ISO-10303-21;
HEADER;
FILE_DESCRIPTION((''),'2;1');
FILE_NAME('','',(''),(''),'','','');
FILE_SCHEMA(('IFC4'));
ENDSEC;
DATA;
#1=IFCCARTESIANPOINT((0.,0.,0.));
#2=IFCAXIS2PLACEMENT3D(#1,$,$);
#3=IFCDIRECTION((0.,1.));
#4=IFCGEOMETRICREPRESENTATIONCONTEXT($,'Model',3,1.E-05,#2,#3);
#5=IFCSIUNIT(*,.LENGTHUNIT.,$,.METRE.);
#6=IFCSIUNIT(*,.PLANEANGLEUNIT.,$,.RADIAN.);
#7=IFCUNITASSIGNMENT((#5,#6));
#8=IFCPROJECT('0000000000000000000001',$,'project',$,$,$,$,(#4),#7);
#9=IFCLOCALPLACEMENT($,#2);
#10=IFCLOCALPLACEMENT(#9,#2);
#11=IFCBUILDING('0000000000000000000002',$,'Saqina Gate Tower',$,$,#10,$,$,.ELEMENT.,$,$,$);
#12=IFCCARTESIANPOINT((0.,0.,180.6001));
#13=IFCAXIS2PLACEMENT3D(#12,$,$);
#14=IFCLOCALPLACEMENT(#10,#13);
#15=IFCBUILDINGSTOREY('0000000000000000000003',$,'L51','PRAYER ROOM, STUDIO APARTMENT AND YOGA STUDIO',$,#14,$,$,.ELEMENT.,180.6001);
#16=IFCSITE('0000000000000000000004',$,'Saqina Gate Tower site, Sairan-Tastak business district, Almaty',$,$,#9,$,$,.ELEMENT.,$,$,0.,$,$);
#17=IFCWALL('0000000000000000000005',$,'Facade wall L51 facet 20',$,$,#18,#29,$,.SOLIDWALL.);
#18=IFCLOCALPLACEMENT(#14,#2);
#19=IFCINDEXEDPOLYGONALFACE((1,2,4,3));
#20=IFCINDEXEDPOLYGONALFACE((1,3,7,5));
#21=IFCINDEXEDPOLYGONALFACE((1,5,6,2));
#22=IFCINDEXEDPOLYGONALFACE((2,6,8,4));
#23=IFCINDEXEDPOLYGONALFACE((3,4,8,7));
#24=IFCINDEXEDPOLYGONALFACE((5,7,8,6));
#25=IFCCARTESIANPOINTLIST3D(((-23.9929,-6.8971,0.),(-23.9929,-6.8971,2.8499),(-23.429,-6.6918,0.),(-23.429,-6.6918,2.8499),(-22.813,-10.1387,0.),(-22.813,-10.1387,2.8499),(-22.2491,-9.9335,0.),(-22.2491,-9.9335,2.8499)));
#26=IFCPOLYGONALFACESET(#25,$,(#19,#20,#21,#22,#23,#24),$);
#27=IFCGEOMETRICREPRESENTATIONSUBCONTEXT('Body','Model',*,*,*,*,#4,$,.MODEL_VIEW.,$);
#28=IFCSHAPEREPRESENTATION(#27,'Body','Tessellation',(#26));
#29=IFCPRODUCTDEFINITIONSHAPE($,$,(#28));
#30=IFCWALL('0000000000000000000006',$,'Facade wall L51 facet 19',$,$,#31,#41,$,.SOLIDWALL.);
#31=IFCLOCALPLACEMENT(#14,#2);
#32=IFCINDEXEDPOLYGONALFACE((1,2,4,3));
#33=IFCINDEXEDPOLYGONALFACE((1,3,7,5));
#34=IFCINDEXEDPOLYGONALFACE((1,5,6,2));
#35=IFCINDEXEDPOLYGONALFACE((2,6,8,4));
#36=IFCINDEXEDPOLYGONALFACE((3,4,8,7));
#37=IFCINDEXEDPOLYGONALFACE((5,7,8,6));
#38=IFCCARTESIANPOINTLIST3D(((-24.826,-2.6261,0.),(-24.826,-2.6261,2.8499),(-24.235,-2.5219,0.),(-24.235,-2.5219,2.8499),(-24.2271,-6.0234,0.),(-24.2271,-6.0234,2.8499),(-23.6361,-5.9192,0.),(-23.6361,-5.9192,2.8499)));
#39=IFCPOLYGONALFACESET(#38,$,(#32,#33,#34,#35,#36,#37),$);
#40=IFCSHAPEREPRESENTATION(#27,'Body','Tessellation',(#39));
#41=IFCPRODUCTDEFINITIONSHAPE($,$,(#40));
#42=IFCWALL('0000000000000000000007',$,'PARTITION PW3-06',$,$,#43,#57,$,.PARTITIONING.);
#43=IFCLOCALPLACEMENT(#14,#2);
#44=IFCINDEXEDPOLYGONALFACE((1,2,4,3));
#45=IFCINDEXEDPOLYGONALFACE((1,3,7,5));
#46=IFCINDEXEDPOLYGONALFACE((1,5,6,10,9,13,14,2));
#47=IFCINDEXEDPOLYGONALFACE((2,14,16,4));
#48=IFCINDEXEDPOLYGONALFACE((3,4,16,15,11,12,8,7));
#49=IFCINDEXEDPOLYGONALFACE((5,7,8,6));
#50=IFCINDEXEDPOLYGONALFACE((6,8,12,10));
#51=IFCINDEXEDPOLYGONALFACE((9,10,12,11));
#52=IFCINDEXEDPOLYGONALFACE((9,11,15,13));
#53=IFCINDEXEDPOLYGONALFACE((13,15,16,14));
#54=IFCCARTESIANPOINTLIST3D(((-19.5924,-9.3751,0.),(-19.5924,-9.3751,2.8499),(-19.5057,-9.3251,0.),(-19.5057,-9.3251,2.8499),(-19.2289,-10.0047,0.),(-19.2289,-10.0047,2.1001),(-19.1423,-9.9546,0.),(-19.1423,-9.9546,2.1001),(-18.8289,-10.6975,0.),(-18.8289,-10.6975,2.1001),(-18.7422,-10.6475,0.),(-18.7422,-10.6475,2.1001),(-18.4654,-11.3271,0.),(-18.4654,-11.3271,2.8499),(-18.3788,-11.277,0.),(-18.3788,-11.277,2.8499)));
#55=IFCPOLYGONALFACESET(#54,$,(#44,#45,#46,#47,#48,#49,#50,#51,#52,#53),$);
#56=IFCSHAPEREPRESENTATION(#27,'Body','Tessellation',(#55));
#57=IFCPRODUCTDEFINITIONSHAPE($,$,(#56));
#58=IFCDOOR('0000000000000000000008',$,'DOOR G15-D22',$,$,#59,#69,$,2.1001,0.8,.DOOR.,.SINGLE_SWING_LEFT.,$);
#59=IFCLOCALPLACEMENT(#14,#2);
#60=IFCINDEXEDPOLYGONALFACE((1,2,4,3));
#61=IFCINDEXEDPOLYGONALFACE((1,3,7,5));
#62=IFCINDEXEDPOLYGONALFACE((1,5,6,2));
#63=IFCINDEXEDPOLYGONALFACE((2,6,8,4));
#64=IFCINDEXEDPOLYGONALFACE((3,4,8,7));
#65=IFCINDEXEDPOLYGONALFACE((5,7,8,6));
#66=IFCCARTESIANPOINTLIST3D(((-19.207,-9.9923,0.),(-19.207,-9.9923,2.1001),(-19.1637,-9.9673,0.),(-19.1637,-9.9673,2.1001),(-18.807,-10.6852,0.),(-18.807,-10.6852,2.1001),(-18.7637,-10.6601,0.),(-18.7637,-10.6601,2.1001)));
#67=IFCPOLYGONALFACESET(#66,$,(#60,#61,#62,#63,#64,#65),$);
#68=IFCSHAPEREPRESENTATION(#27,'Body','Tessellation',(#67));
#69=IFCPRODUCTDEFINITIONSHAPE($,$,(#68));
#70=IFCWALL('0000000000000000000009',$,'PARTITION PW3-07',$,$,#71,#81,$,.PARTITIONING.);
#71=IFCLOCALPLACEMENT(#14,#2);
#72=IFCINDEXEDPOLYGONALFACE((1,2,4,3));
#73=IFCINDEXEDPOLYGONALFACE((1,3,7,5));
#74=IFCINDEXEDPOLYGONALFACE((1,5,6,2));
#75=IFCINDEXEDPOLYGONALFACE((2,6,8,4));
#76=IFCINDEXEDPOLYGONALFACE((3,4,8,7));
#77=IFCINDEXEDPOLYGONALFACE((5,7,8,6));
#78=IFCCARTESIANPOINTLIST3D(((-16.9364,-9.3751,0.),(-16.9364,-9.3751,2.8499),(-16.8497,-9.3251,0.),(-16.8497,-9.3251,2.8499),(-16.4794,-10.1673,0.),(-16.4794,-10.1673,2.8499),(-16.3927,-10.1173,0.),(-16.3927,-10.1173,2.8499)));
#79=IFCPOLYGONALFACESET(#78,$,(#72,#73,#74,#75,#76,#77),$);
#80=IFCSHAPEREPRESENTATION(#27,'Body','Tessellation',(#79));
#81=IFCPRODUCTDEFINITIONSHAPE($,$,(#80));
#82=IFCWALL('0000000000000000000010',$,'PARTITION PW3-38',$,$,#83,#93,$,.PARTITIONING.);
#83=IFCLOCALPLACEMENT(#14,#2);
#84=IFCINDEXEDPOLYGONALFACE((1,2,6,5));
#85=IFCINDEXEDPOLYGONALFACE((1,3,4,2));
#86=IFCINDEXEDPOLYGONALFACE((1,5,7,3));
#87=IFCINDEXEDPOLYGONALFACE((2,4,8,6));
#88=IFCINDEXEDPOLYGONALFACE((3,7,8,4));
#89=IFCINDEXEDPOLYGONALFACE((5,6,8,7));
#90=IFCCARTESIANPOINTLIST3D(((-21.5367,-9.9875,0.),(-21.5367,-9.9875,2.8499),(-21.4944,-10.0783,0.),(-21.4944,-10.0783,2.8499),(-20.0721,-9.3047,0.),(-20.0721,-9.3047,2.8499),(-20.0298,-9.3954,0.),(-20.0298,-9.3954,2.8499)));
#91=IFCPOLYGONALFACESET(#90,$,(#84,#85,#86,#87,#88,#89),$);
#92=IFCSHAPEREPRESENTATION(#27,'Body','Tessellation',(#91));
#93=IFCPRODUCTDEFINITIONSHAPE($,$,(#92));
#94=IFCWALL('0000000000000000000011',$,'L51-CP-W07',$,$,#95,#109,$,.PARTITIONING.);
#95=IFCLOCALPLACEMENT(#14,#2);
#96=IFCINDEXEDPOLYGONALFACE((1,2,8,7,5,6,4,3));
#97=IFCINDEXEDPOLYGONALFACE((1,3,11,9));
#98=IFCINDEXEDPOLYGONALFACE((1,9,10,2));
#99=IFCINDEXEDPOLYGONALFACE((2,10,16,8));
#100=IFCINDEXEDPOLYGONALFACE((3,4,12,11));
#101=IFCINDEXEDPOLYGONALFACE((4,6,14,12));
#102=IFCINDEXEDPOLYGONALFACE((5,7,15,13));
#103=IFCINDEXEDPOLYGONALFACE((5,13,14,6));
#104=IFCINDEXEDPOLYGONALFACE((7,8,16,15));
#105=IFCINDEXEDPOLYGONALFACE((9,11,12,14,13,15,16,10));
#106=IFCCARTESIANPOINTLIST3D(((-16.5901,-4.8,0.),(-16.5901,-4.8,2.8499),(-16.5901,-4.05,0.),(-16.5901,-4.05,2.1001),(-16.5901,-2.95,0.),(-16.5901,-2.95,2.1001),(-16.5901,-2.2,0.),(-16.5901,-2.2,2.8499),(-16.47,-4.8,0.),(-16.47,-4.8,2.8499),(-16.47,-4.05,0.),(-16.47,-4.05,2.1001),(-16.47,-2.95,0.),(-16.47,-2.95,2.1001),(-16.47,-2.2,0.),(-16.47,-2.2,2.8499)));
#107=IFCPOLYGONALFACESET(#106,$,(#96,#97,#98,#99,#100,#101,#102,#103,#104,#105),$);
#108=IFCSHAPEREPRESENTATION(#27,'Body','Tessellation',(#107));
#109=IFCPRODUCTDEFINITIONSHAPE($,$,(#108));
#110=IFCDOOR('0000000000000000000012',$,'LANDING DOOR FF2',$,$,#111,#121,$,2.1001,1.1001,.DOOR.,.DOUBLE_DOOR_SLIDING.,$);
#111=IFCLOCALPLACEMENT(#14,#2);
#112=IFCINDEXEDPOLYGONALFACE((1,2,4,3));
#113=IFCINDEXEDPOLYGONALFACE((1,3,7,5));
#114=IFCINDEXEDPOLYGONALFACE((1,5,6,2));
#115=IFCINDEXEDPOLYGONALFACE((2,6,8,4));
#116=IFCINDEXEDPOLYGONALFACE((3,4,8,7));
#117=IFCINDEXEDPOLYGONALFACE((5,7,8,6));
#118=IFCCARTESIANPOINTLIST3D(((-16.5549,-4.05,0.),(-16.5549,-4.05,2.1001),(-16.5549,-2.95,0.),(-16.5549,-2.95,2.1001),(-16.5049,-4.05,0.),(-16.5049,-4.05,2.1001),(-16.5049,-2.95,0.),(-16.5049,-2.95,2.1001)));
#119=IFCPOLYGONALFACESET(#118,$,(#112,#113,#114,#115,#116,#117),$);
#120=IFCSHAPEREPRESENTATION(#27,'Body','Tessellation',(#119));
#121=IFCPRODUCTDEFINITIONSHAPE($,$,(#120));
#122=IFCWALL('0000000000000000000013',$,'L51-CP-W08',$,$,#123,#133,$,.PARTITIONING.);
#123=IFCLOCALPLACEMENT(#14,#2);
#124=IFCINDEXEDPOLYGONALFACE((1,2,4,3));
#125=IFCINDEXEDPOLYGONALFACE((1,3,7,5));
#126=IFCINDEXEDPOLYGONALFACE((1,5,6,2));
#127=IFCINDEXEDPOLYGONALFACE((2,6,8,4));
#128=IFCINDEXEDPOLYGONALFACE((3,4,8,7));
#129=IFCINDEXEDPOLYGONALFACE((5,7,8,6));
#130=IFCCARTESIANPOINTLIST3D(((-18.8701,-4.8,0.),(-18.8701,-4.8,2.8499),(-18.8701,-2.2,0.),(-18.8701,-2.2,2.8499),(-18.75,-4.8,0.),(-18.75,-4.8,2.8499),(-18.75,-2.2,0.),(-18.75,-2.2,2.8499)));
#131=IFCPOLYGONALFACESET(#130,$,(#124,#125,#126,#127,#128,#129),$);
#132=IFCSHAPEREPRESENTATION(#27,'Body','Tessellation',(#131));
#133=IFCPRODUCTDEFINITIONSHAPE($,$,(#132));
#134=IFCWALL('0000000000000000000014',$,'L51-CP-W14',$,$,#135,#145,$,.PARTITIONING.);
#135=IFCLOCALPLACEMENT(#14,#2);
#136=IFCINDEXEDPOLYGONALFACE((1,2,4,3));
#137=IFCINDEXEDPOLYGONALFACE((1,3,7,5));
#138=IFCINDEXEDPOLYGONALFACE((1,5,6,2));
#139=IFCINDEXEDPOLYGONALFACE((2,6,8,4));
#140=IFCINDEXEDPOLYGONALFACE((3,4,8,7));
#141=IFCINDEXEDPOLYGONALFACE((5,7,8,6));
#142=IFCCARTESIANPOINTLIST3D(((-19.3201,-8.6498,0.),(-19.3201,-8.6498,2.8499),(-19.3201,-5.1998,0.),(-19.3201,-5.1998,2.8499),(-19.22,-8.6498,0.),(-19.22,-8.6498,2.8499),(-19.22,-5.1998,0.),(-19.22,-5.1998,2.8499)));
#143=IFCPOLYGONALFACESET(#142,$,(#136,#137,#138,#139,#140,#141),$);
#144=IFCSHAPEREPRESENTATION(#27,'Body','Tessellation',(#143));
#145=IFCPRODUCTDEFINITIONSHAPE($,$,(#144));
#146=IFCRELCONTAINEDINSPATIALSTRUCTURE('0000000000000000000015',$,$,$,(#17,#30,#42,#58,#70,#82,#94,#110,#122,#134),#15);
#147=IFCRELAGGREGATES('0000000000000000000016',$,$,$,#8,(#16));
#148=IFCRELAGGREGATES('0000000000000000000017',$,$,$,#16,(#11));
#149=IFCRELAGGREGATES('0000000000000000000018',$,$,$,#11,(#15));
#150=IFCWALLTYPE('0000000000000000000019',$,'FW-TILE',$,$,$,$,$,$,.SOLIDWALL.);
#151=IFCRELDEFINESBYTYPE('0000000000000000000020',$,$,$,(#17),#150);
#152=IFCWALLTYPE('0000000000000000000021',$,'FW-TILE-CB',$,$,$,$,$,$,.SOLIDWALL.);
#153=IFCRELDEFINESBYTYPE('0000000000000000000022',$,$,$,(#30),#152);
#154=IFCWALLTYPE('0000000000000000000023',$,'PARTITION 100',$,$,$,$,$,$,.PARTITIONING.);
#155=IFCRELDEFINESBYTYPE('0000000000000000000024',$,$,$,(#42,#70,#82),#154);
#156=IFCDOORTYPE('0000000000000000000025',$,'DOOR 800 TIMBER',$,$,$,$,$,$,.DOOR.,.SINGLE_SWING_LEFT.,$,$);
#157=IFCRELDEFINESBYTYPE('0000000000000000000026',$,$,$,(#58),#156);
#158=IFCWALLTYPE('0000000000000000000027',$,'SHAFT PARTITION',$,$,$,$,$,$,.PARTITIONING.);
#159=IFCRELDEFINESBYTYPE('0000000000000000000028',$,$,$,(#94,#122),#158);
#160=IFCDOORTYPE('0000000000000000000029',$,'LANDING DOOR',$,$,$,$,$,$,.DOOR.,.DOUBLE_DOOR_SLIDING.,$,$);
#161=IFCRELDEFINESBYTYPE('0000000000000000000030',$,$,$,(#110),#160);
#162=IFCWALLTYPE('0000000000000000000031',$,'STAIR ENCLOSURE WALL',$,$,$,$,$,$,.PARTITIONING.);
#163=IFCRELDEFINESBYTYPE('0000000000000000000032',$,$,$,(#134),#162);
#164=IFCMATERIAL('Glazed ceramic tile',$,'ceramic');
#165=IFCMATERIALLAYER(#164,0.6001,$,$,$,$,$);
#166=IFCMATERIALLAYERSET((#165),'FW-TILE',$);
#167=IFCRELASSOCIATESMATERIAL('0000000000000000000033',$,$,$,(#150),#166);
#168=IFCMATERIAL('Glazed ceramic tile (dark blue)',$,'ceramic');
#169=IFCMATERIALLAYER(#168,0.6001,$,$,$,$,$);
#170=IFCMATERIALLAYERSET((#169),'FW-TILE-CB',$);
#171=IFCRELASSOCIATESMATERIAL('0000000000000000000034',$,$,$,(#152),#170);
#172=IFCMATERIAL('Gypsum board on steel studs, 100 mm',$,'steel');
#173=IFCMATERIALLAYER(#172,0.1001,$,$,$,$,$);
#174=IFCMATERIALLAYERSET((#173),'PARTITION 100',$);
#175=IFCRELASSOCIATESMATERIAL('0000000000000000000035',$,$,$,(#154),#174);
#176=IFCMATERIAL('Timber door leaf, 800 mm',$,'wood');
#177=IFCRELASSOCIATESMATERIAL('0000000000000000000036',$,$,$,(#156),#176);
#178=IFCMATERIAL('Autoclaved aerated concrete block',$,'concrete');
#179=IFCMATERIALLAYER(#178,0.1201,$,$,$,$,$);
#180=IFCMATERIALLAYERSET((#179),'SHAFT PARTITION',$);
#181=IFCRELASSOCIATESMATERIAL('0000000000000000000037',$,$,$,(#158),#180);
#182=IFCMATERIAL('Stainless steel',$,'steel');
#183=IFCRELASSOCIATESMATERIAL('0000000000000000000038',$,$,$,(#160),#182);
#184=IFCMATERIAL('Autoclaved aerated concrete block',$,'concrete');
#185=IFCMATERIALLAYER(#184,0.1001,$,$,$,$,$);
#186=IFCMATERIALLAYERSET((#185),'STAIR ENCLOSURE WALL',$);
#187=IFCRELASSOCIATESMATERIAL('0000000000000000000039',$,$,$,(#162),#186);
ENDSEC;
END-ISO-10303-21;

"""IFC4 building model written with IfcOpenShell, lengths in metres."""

from ifc_helpers import new_model, si_unit, direction, frame, frame_2d, origin, place, context, subcontext, project, spatial, rectangle, extrude, material, layer, layer_set, type_object, element, fill, save


model = new_model("IFC4")

# Units and contexts
model_context = context("Model", 3, precision=1e-05, world=origin(), true_north=direction((0.0, 1.0)))
body_context = subcontext(model_context, "Body", "Model", "MODEL_VIEW")
ifc_project = project(units=[si_unit("LENGTHUNIT", "METRE"), si_unit("PLANEANGLEUNIT", "RADIAN")], contexts=[model_context])

# Site, building, storey
site_placement = place(None, origin())
site = spatial("IfcSite", under=ifc_project, at=site_placement, Name="Saqina Gate Tower site, Sairan-Tastak business district, Almaty", CompositionType="ELEMENT", RefElevation=0.0)
building_placement = place(site_placement, origin())
building = spatial("IfcBuilding", under=site, at=building_placement, Name="Saqina Gate Tower", CompositionType="ELEMENT")
storey_placement = place(building_placement, frame((0.0, 0.0, 180.6001)))
storey = spatial("IfcBuildingStorey", under=building, at=storey_placement, Name="L51", Description="PRAYER ROOM, STUDIO APARTMENT AND YOGA STUDIO", CompositionType="ELEMENT", Elevation=180.6001)

# Walls
ifc_material_1 = material(Name="Glazed ceramic tile", Category="ceramic")
ifc_layer_1 = layer(ifc_material_1, 0.6001)
ifc_layer_set_1 = layer_set([ifc_layer_1], Name="FW-TILE")
wall_type_1 = type_object("IfcWallType", Name="FW-TILE", PredefinedType="SOLIDWALL", material=ifc_layer_set_1)
wall_1_placement = place(storey_placement, frame((-23.7109, -6.7944, 0.0), z_axis=(0.0, 0.0, 1.0), x_axis=(0.342033, -0.939688, 0.0)))
element("IfcWall", 1, at=wall_1_placement, inside=storey, type_object=wall_type_1, Name="Facade wall L51 facet 20", PredefinedType="SOLIDWALL", context=body_context, shape_type="SweptSolid", body=[
    extrude(rectangle(XDim=3.4497, YDim=0.6001, at=frame_2d((1.7249, 0.0))), origin(), (0.0, 0.0, 1.0), 2.8499),
])
ifc_material_2 = material(Name="Glazed ceramic tile (dark blue)", Category="ceramic")
ifc_layer_2 = layer(ifc_material_2, 0.6001)
ifc_layer_set_2 = layer_set([ifc_layer_2], Name="FW-TILE-CB")
wall_type_2 = type_object("IfcWallType", Name="FW-TILE-CB", PredefinedType="SOLIDWALL", material=ifc_layer_set_2)
wall_2_placement = place(storey_placement, frame((-24.5305, -2.574, 0.0), z_axis=(0.0, 0.0, 1.0), x_axis=(0.173608, -0.984815, 0.0)))
element("IfcWall", 2, at=wall_2_placement, inside=storey, type_object=wall_type_2, Name="Facade wall L51 facet 19", PredefinedType="SOLIDWALL", context=body_context, shape_type="SweptSolid", body=[
    extrude(rectangle(XDim=3.4497, YDim=0.6001, at=frame_2d((1.7249, 0.0))), origin(), (0.0, 0.0, 1.0), 2.8499),
])

# Wall, opening, door
ifc_material_3 = material(Name="Gypsum board on steel studs, 100 mm", Category="steel")
ifc_layer_3 = layer(ifc_material_3, 0.1001)
ifc_layer_set_3 = layer_set([ifc_layer_3], Name="PARTITION 100")
wall_type_3 = type_object("IfcWallType", Name="PARTITION 100", PredefinedType="PARTITIONING", material=ifc_layer_set_3)
wall_3_placement = place(storey_placement, frame((-19.5491, -9.3501, 0.0), z_axis=(0.0, 0.0, 1.0), x_axis=(0.500007, -0.866021, 0.0)))
wall_3 = element("IfcWall", 3, at=wall_3_placement, inside=storey, type_object=wall_type_3, Name="PARTITION PW3-06", PredefinedType="PARTITIONING", context=body_context, shape_type="SweptSolid", body=[
    extrude(rectangle(XDim=2.2539, YDim=0.1001, at=frame_2d((1.127, 0.0))), origin(), (0.0, 0.0, 1.0), 2.8499),
])
opening_1_placement = place(wall_3_placement, frame((0.7271, 0.0, 0.0)))
opening_1 = element("IfcOpeningElement", 4, at=opening_1_placement, cuts=wall_3, PredefinedType="OPENING", context=body_context, shape_type="SweptSolid", body=[
    extrude(rectangle(XDim=0.8, YDim=2.1001, at=frame_2d((0.3999, 1.05))), frame((0.0, 0.062, 0.0), z_axis=(0.0, -1.0, 0.0), x_axis=(1.0, 0.0, 0.0)), (0.0, 0.0, 1.0), 0.124),
])
ifc_material_4 = material(Name="Timber door leaf, 800 mm", Category="wood")
door_type_1 = type_object("IfcDoorType", Name="DOOR 800 TIMBER", OperationType="SINGLE_SWING_LEFT", PredefinedType="DOOR", material=ifc_material_4)
door_1_placement = place(opening_1_placement, frame((0.8, 0.0, 0.0), z_axis=(0.0, 0.0, 1.0), x_axis=(-1.0, 0.0, 0.0)))
door_1 = element("IfcDoor", 5, at=door_1_placement, inside=storey, type_object=door_type_1, Name="DOOR G15-D22", OperationType="SINGLE_SWING_LEFT", OverallHeight=2.1001, OverallWidth=0.8, PredefinedType="DOOR", context=body_context, shape_type="SweptSolid", body=[
    extrude(rectangle(XDim=0.8, YDim=2.1001, at=frame_2d((0.3999, 1.05))), frame((0.0, 0.0249, 0.0), z_axis=(0.0, -1.0, 0.0), x_axis=(1.0, 0.0, 0.0)), (0.0, 0.0, 1.0), 0.05),
])
fill(opening_1, door_1)

# Walls
wall_4_placement = place(storey_placement, frame((-16.8931, -9.3501, 0.0), z_axis=(0.0, 0.0, 1.0), x_axis=(0.499699, -0.866199, 0.0)))
element("IfcWall", 6, at=wall_4_placement, inside=storey, type_object=wall_type_3, Name="PARTITION PW3-07", PredefinedType="PARTITIONING", context=body_context, shape_type="SweptSolid", body=[
    extrude(rectangle(XDim=0.9146, YDim=0.1001, at=frame_2d((0.4573, 0.0))), origin(), (0.0, 0.0, 1.0), 2.8499),
])
wall_5_placement = place(storey_placement, frame((-21.5156, -10.033, 0.0), z_axis=(0.0, 0.0, 1.0), x_axis=(0.90633, 0.422571, 0.0)))
element("IfcWall", 7, at=wall_5_placement, inside=storey, type_object=wall_type_3, Name="PARTITION PW3-38", PredefinedType="PARTITIONING", context=body_context, shape_type="SweptSolid", body=[
    extrude(rectangle(XDim=1.616, YDim=0.1001, at=frame_2d((0.8081, 0.0))), origin(), (0.0, 0.0, 1.0), 2.8499),
])

# Wall, opening, door
ifc_material_5 = material(Name="Autoclaved aerated concrete block", Category="concrete")
ifc_layer_4 = layer(ifc_material_5, 0.1201)
ifc_layer_set_4 = layer_set([ifc_layer_4], Name="SHAFT PARTITION")
wall_type_4 = type_object("IfcWallType", Name="SHAFT PARTITION", PredefinedType="PARTITIONING", material=ifc_layer_set_4)
wall_6_placement = place(storey_placement, frame((-16.53, -4.8, 0.0), z_axis=(0.0, 0.0, 1.0), x_axis=(0.0, 1.0, 0.0)))
wall_6 = element("IfcWall", 8, at=wall_6_placement, inside=storey, type_object=wall_type_4, Name="L51-CP-W07", PredefinedType="PARTITIONING", context=body_context, shape_type="SweptSolid", body=[
    extrude(rectangle(XDim=2.6001, YDim=0.1201, at=frame_2d((1.3, 0.0))), origin(), (0.0, 0.0, 1.0), 2.8499),
])
opening_2_placement = place(wall_6_placement, frame((0.75, 0.0, 0.0)))
opening_2 = element("IfcOpeningElement", 9, at=opening_2_placement, cuts=wall_6, PredefinedType="OPENING", context=body_context, shape_type="SweptSolid", body=[
    extrude(rectangle(XDim=1.1001, YDim=2.1001, at=frame_2d((0.55, 1.05))), frame((0.0, 0.072, 0.0), z_axis=(0.0, -1.0, 0.0), x_axis=(1.0, 0.0, 0.0)), (0.0, 0.0, 1.0), 0.144),
])
ifc_material_6 = material(Name="Stainless steel", Category="steel")
door_type_2 = type_object("IfcDoorType", Name="LANDING DOOR", OperationType="DOUBLE_DOOR_SLIDING", PredefinedType="DOOR", material=ifc_material_6)
door_2_placement = place(opening_2_placement, origin())
door_2 = element("IfcDoor", 10, at=door_2_placement, inside=storey, type_object=door_type_2, Name="LANDING DOOR FF2", OperationType="DOUBLE_DOOR_SLIDING", OverallHeight=2.1001, OverallWidth=1.1001, PredefinedType="DOOR", context=body_context, shape_type="SweptSolid", body=[
    extrude(rectangle(XDim=1.1001, YDim=2.1001, at=frame_2d((0.55, 1.05))), frame((0.0, 0.0249, 0.0), z_axis=(0.0, -1.0, 0.0), x_axis=(1.0, 0.0, 0.0)), (0.0, 0.0, 1.0), 0.05),
])
fill(opening_2, door_2)

# Walls
wall_7_placement = place(storey_placement, frame((-18.8101, -4.8, 0.0), z_axis=(0.0, 0.0, 1.0), x_axis=(0.0, 1.0, 0.0)))
element("IfcWall", 11, at=wall_7_placement, inside=storey, type_object=wall_type_4, Name="L51-CP-W08", PredefinedType="PARTITIONING", context=body_context, shape_type="SweptSolid", body=[
    extrude(rectangle(XDim=2.6001, YDim=0.1201, at=frame_2d((1.3, 0.0))), origin(), (0.0, 0.0, 1.0), 2.8499),
])
ifc_material_7 = material(Name="Autoclaved aerated concrete block", Category="concrete")
ifc_layer_5 = layer(ifc_material_7, 0.1001)
ifc_layer_set_5 = layer_set([ifc_layer_5], Name="STAIR ENCLOSURE WALL")
wall_type_5 = type_object("IfcWallType", Name="STAIR ENCLOSURE WALL", PredefinedType="PARTITIONING", material=ifc_layer_set_5)
wall_8_placement = place(storey_placement, frame((-19.27, -8.6499, 0.0), z_axis=(0.0, 0.0, 1.0), x_axis=(0.0, 1.0, 0.0)))
element("IfcWall", 12, at=wall_8_placement, inside=storey, type_object=wall_type_5, Name="L51-CP-W14", PredefinedType="PARTITIONING", context=body_context, shape_type="SweptSolid", body=[
    extrude(rectangle(XDim=3.45, YDim=0.1001, at=frame_2d((1.7251, 0.0))), origin(), (0.0, 0.0, 1.0), 2.8499),
])

save(model, "model.ifc")
